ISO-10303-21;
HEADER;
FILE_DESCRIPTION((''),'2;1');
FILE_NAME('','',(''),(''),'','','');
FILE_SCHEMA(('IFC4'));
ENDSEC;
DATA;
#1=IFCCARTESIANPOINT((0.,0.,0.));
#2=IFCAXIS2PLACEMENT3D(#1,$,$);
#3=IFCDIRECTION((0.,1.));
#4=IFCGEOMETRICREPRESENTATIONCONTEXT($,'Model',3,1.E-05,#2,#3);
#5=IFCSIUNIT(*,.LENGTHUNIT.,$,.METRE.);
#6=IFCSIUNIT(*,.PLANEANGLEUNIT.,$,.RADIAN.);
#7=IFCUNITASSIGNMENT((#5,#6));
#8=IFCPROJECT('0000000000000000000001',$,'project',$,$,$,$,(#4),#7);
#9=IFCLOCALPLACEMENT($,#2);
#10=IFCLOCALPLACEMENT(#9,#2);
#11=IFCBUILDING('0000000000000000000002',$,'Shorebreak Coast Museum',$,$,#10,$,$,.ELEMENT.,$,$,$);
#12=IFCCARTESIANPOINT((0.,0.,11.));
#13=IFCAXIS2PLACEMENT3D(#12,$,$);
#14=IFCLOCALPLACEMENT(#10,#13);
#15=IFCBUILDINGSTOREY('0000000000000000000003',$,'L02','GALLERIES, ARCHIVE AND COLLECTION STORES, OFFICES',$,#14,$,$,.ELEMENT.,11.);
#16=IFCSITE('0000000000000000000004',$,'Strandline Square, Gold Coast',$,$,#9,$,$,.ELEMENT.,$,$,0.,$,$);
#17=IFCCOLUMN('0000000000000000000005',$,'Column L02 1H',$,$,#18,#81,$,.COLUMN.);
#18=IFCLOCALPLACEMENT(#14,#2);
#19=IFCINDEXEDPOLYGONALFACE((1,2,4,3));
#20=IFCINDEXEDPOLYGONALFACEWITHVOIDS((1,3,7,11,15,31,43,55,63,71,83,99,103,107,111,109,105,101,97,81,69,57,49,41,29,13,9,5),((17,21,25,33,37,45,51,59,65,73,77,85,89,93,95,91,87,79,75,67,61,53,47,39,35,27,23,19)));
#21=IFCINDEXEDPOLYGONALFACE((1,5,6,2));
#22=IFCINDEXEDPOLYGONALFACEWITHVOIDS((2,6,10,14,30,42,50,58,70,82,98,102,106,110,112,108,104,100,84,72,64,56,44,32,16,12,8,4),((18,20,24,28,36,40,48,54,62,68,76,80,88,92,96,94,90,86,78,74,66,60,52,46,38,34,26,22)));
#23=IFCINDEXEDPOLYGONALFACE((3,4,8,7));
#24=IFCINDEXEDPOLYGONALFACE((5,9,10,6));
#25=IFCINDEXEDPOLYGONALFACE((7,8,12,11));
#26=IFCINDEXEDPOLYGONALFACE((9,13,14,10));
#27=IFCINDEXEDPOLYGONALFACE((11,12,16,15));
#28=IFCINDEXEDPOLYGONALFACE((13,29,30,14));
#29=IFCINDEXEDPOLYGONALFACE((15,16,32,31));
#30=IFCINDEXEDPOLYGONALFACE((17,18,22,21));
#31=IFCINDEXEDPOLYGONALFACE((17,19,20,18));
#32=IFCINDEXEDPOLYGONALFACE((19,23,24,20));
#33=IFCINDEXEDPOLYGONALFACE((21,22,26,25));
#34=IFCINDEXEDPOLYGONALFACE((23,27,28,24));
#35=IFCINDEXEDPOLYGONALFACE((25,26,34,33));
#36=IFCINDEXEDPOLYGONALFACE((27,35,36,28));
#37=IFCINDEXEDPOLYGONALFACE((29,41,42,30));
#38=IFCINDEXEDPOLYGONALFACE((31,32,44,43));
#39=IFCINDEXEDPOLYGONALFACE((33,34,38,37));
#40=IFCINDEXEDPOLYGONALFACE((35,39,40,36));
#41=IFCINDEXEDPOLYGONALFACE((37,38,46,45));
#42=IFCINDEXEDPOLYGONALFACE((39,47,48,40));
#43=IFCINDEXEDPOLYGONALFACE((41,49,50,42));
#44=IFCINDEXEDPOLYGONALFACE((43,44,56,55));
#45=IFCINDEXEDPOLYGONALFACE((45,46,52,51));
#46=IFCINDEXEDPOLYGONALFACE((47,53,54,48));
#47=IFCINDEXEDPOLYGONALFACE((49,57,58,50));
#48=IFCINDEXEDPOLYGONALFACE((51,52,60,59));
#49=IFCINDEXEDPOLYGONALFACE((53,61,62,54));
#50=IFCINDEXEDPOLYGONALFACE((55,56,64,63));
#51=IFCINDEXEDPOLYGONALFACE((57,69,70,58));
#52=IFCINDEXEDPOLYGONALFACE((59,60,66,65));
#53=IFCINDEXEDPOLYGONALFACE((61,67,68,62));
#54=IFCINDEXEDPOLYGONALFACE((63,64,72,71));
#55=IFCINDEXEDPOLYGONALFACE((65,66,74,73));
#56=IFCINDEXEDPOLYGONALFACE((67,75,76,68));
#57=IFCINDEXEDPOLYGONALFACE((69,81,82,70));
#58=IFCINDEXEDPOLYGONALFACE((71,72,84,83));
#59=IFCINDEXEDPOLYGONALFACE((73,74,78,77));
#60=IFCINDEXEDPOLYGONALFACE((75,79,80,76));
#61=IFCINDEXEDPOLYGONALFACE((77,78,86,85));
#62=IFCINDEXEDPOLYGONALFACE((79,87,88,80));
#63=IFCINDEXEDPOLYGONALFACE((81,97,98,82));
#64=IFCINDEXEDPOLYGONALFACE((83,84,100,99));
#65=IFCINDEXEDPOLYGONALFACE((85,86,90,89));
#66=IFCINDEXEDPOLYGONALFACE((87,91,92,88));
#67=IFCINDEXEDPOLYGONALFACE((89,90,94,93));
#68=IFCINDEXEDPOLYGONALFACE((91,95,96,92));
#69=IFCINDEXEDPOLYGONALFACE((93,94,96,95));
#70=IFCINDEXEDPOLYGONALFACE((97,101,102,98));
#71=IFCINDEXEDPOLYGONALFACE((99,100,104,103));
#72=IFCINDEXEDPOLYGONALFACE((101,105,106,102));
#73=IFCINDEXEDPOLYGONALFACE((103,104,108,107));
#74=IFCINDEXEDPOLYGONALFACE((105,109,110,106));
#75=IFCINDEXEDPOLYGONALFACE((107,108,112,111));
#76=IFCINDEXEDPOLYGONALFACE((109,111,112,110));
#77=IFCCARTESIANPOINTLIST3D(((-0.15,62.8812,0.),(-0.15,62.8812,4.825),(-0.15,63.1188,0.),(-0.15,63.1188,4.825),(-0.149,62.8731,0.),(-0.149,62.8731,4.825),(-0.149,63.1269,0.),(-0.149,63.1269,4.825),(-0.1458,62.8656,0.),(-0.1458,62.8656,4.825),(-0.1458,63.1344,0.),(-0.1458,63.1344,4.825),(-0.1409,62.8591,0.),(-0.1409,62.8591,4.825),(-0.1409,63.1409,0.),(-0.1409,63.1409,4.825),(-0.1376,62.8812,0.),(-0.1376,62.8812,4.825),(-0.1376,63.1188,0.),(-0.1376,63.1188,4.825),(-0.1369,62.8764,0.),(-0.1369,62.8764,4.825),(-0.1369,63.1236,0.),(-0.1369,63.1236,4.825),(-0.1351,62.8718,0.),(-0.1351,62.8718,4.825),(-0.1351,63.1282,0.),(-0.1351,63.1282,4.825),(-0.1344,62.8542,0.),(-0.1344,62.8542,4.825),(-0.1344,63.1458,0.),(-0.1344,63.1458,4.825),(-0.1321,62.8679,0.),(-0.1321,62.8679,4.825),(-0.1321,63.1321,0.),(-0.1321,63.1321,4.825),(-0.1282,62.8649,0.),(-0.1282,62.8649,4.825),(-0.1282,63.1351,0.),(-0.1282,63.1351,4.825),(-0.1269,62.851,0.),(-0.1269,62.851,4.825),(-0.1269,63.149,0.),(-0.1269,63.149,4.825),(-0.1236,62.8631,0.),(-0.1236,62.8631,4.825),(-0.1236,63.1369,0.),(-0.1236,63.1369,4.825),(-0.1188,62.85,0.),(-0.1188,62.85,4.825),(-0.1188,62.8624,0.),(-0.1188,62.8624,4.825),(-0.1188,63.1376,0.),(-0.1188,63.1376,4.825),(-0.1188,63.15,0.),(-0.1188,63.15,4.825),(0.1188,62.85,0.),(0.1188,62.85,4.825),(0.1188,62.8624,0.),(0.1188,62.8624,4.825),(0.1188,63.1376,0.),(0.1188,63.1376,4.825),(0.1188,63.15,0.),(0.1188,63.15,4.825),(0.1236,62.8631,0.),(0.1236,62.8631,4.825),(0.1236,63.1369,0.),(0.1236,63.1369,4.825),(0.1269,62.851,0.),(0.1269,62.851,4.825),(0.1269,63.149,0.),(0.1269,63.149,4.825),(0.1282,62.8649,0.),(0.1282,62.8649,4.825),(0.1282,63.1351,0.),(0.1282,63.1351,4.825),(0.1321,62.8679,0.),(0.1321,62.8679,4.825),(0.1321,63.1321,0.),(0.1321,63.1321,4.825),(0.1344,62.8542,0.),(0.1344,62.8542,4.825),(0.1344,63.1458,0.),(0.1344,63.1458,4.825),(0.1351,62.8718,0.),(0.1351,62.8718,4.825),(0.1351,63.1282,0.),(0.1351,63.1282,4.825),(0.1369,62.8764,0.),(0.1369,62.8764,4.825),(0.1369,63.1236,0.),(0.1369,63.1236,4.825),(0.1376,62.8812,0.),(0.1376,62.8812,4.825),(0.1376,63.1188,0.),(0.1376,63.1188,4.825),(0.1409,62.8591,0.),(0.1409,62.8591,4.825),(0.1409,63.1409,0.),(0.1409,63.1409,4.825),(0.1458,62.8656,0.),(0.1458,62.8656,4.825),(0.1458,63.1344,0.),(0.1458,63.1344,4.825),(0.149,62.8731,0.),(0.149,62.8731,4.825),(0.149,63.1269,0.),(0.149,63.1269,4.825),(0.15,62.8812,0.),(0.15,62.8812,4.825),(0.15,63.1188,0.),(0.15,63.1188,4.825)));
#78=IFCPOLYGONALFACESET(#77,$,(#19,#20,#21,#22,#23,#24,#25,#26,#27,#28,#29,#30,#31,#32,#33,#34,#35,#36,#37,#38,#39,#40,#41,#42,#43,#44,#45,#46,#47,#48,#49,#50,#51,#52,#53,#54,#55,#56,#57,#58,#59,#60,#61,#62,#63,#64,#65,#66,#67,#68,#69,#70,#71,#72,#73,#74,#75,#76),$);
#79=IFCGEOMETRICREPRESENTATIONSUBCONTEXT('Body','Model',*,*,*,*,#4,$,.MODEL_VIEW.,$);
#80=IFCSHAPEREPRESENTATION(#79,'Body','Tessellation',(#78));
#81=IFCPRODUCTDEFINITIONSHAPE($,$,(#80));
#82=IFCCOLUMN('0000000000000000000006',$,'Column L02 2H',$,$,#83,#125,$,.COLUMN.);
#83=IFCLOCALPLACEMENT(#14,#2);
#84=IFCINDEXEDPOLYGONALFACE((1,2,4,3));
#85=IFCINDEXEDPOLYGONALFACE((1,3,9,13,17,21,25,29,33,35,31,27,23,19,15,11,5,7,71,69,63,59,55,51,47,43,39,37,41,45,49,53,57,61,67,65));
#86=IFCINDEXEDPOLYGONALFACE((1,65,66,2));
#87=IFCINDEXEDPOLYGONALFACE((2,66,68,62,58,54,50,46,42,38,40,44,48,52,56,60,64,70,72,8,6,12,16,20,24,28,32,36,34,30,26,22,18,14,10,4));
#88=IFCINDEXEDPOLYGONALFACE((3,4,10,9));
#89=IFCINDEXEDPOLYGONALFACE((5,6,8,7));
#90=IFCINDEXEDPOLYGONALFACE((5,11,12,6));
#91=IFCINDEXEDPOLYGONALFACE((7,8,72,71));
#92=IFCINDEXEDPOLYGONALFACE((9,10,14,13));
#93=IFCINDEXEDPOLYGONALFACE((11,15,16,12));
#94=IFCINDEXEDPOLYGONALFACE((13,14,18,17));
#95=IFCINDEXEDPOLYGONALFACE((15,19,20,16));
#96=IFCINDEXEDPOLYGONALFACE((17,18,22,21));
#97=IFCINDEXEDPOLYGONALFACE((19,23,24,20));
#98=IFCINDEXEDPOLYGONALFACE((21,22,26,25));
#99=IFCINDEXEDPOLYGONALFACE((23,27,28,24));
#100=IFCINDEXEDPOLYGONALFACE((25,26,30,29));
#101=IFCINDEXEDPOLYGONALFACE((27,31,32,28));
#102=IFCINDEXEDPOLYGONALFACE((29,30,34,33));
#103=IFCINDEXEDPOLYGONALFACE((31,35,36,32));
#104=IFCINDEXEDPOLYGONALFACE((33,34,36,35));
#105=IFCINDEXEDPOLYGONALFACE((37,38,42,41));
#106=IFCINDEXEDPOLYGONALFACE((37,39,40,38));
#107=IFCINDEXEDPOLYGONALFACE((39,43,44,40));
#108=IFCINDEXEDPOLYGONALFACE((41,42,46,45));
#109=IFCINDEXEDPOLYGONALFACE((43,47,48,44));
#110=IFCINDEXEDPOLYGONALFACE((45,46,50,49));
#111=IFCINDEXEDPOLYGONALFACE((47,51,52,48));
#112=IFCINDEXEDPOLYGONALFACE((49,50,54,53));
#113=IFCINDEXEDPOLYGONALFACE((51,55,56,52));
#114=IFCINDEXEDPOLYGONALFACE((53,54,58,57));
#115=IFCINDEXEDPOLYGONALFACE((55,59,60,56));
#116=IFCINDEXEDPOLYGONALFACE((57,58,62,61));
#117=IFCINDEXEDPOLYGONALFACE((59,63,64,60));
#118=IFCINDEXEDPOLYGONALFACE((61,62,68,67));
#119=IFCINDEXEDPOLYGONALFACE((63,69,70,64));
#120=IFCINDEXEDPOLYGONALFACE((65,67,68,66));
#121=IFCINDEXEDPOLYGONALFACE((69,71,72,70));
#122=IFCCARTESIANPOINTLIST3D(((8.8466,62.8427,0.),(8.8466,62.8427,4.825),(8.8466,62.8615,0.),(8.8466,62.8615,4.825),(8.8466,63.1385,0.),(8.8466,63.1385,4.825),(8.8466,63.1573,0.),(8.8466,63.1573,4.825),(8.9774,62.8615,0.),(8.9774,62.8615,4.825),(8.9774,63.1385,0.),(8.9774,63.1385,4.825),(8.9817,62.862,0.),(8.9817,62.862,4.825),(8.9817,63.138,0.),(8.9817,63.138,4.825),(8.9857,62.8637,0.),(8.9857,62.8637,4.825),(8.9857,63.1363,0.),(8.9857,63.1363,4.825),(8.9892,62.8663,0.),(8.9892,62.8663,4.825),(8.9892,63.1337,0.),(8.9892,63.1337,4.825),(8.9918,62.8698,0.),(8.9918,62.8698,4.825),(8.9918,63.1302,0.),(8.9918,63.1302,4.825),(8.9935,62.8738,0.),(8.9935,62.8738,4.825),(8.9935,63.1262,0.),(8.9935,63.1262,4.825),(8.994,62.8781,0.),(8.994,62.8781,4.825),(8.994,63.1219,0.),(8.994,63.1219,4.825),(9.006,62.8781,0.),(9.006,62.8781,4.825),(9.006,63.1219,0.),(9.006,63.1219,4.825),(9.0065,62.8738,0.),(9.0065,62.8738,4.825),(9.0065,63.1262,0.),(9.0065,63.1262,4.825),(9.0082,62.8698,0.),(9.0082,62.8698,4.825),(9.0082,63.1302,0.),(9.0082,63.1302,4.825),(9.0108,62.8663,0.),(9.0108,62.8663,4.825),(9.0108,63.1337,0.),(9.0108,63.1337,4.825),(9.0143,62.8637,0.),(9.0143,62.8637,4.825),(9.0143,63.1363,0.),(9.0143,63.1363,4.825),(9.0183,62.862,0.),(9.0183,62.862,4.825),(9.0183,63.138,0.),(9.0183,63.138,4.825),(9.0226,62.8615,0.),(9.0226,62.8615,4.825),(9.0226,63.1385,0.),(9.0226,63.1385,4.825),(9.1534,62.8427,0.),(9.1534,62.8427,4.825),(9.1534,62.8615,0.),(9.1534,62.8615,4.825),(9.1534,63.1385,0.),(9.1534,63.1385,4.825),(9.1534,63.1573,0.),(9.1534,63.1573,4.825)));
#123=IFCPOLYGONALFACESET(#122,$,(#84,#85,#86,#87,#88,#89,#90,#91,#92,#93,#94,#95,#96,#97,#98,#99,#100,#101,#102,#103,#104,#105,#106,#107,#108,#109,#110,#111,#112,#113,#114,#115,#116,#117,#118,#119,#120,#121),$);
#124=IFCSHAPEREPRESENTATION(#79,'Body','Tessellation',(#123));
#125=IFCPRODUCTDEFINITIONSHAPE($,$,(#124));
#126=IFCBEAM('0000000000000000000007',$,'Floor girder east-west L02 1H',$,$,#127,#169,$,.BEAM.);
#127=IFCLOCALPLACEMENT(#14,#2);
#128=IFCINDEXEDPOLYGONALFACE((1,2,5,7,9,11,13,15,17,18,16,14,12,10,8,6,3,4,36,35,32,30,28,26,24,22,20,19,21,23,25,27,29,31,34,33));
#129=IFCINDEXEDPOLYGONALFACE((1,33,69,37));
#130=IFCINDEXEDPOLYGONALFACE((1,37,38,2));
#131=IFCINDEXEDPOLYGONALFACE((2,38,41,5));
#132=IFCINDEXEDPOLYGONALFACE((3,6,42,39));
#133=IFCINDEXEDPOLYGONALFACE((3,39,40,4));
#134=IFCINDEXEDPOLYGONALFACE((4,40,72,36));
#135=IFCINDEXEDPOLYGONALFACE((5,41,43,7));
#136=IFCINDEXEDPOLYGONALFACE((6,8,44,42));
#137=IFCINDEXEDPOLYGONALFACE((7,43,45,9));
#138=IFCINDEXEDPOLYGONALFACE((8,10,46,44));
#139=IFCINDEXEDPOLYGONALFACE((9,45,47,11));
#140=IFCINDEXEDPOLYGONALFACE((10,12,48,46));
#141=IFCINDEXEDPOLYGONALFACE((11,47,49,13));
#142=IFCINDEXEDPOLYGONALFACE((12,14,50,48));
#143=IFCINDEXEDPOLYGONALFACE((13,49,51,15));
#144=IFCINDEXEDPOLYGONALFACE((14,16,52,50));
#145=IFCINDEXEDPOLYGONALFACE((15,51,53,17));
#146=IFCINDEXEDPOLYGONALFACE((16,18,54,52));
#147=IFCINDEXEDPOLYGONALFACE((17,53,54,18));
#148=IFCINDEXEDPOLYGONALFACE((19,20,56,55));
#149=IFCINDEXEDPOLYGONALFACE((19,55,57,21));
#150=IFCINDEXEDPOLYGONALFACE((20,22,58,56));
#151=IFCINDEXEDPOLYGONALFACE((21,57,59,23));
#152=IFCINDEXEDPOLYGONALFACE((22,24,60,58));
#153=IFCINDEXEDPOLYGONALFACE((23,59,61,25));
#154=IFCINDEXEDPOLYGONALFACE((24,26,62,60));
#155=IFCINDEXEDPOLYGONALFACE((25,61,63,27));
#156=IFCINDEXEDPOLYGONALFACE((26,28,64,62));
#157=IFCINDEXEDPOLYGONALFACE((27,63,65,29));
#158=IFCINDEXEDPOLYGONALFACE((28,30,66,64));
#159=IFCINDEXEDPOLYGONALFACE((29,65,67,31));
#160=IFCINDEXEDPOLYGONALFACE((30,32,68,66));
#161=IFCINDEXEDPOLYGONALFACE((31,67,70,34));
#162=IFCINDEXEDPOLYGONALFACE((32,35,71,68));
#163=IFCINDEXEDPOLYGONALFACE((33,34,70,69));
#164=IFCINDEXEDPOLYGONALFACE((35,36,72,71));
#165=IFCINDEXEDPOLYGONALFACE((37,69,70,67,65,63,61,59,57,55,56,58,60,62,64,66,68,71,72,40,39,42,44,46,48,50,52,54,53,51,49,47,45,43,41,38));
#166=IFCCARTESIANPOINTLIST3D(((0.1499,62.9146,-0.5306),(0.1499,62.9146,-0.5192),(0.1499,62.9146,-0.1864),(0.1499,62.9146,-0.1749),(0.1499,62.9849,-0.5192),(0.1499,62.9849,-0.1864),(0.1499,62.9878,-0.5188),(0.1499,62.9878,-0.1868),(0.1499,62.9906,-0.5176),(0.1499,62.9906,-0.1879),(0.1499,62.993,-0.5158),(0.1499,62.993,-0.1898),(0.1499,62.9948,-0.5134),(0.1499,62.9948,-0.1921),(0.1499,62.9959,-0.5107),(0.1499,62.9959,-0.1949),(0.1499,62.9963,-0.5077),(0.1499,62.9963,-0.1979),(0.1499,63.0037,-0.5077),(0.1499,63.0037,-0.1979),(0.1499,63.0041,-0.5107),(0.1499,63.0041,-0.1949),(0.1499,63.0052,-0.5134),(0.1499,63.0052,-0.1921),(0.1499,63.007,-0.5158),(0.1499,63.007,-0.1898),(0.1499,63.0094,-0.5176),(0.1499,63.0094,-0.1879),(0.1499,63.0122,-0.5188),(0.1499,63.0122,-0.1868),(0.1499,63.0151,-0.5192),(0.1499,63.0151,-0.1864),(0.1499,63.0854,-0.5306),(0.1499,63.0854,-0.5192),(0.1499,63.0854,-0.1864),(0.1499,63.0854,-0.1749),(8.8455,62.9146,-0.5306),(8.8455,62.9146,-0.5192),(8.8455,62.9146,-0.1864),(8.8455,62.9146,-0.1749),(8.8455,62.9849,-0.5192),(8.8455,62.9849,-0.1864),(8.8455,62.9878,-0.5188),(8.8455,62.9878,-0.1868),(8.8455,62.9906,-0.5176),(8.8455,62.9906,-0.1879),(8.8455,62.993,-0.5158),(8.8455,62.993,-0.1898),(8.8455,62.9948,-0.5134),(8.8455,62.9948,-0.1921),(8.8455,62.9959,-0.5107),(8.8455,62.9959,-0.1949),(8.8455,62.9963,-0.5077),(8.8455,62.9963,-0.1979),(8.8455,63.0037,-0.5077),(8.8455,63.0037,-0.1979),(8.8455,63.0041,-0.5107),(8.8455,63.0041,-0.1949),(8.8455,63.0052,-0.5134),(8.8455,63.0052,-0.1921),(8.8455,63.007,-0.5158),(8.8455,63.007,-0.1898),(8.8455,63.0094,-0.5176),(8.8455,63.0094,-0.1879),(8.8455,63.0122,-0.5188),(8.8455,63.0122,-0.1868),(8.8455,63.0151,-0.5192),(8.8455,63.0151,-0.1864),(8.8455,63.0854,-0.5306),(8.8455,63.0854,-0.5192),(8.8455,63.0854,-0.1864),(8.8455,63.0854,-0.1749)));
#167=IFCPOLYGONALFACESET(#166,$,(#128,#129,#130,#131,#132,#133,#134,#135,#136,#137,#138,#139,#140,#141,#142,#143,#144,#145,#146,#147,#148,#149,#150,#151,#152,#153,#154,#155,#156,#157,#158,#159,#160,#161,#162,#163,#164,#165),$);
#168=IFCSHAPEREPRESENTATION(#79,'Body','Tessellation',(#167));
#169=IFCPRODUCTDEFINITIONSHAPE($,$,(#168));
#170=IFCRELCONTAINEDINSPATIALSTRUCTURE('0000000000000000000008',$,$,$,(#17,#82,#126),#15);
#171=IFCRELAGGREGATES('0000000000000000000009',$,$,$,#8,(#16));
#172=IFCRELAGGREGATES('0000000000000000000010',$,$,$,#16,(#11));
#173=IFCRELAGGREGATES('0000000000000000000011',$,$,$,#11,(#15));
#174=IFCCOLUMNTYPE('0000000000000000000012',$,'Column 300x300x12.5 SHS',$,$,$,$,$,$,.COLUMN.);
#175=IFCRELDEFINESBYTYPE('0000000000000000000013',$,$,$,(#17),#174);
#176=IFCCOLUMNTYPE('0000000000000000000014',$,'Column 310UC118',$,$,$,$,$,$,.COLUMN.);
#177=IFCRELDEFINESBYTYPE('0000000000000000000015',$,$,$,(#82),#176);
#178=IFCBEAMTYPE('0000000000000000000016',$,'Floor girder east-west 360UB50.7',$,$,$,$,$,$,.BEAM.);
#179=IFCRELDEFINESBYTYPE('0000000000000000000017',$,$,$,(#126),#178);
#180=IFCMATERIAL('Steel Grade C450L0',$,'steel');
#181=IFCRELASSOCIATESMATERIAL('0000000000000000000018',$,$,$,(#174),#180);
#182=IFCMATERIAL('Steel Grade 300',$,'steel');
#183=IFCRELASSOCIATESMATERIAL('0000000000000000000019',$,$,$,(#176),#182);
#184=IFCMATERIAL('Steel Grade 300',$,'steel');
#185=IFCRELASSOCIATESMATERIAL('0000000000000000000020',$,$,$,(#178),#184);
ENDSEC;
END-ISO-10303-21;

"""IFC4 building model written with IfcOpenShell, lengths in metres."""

from ifc_helpers import new_model, si_unit, direction, frame, origin, origin_2d, place, context, subcontext, project, spatial, hollow_rectangle, i_section, extrude, material, material_profile, profile_set, type_object, element, save


model = new_model("IFC4")

# Units and contexts
model_context = context("Model", 3, precision=1e-05, world=origin(), true_north=direction((0.0, 1.0)))
body_context = subcontext(model_context, "Body", "Model", "MODEL_VIEW")
ifc_project = project(units=[si_unit("LENGTHUNIT", "METRE"), si_unit("PLANEANGLEUNIT", "RADIAN")], contexts=[model_context])

# Site, building, storey
site_placement = place(None, origin())
site = spatial("IfcSite", under=ifc_project, at=site_placement, Name="Strandline Square, Gold Coast", CompositionType="ELEMENT", RefElevation=0.0)
building_placement = place(site_placement, origin())
building = spatial("IfcBuilding", under=site, at=building_placement, Name="Shorebreak Coast Museum", CompositionType="ELEMENT")
storey_placement = place(building_placement, frame((0.0, 0.0, 11.0)))
storey = spatial("IfcBuildingStorey", under=building, at=storey_placement, Name="L02", Description="GALLERIES, ARCHIVE AND COLLECTION STORES, OFFICES", CompositionType="ELEMENT", Elevation=11.0)

# Columns
ifc_material_1 = material(Name="Steel Grade C450L0", Category="steel")
ifc_material_profile_1 = material_profile(ifc_material_1, hollow_rectangle(XDim=0.3, YDim=0.3, WallThickness=0.0125, InnerFilletRadius=0.0188, OuterFilletRadius=0.0312, at=origin_2d()), Name="300x300x12.5 SHS")
ifc_profile_set_1 = profile_set([ifc_material_profile_1], Name="Steel Grade C450L0")
column_type_1 = type_object("IfcColumnType", Name="Column 300x300x12.5 SHS", PredefinedType="COLUMN", material=ifc_profile_set_1)
column_1_placement = place(storey_placement, frame((0.0, 63.0, 0.0), z_axis=(0.0, 0.0, 1.0), x_axis=(1.0, 0.0, 0.0)))
element("IfcColumn", 1, at=column_1_placement, inside=storey, type_object=column_type_1, Name="Column L02 1H", PredefinedType="COLUMN", context=body_context, shape_type="SweptSolid", body=[
    extrude(hollow_rectangle(XDim=0.3, YDim=0.3, WallThickness=0.0125, InnerFilletRadius=0.0188, OuterFilletRadius=0.0312, at=origin_2d()), origin(), (0.0, 0.0, 1.0), 4.825),
])
ifc_material_2 = material(Name="Steel Grade 300", Category="steel")
ifc_material_profile_2 = material_profile(ifc_material_2, i_section(OverallWidth=0.3069, OverallDepth=0.3147, WebThickness=0.012, FlangeThickness=0.0188, FilletRadius=0.0166, at=origin_2d()), Name="310UC118")
ifc_profile_set_2 = profile_set([ifc_material_profile_2], Name="Steel Grade 300")
column_type_2 = type_object("IfcColumnType", Name="Column 310UC118", PredefinedType="COLUMN", material=ifc_profile_set_2)
column_2_placement = place(storey_placement, frame((9.0, 63.0, 0.0), z_axis=(0.0, 0.0, 1.0), x_axis=(1.0, 0.0, 0.0)))
element("IfcColumn", 2, at=column_2_placement, inside=storey, type_object=column_type_2, Name="Column L02 2H", PredefinedType="COLUMN", context=body_context, shape_type="SweptSolid", body=[
    extrude(i_section(OverallWidth=0.3069, OverallDepth=0.3147, WebThickness=0.012, FlangeThickness=0.0188, FilletRadius=0.0166, at=origin_2d()), origin(), (0.0, 0.0, 1.0), 4.825),
])

# Beam
ifc_material_3 = material(Name="Steel Grade 300", Category="steel")
ifc_material_profile_3 = material_profile(ifc_material_3, i_section(OverallWidth=0.1709, OverallDepth=0.3557, WebThickness=0.0073, FlangeThickness=0.0115, FilletRadius=0.0115, at=origin_2d()), Name="360UB50.7")
ifc_profile_set_3 = profile_set([ifc_material_profile_3], Name="Steel Grade 300")
beam_type_1 = type_object("IfcBeamType", Name="Floor girder east-west 360UB50.7", PredefinedType="BEAM", material=ifc_profile_set_3)
beam_1_placement = place(storey_placement, frame((0.1499, 63.0, -0.3528), z_axis=(1.0, 0.0, 0.0), x_axis=(0.0, 1.0, 0.0)))
element("IfcBeam", 3, at=beam_1_placement, inside=storey, type_object=beam_type_1, Name="Floor girder east-west L02 1H", PredefinedType="BEAM", context=body_context, shape_type="SweptSolid", body=[
    extrude(i_section(OverallWidth=0.1709, OverallDepth=0.3557, WebThickness=0.0073, FlangeThickness=0.0115, FilletRadius=0.0115, at=origin_2d()), origin(), (0.0, 0.0, 1.0), 8.6956),
])

save(model, "model.ifc")
